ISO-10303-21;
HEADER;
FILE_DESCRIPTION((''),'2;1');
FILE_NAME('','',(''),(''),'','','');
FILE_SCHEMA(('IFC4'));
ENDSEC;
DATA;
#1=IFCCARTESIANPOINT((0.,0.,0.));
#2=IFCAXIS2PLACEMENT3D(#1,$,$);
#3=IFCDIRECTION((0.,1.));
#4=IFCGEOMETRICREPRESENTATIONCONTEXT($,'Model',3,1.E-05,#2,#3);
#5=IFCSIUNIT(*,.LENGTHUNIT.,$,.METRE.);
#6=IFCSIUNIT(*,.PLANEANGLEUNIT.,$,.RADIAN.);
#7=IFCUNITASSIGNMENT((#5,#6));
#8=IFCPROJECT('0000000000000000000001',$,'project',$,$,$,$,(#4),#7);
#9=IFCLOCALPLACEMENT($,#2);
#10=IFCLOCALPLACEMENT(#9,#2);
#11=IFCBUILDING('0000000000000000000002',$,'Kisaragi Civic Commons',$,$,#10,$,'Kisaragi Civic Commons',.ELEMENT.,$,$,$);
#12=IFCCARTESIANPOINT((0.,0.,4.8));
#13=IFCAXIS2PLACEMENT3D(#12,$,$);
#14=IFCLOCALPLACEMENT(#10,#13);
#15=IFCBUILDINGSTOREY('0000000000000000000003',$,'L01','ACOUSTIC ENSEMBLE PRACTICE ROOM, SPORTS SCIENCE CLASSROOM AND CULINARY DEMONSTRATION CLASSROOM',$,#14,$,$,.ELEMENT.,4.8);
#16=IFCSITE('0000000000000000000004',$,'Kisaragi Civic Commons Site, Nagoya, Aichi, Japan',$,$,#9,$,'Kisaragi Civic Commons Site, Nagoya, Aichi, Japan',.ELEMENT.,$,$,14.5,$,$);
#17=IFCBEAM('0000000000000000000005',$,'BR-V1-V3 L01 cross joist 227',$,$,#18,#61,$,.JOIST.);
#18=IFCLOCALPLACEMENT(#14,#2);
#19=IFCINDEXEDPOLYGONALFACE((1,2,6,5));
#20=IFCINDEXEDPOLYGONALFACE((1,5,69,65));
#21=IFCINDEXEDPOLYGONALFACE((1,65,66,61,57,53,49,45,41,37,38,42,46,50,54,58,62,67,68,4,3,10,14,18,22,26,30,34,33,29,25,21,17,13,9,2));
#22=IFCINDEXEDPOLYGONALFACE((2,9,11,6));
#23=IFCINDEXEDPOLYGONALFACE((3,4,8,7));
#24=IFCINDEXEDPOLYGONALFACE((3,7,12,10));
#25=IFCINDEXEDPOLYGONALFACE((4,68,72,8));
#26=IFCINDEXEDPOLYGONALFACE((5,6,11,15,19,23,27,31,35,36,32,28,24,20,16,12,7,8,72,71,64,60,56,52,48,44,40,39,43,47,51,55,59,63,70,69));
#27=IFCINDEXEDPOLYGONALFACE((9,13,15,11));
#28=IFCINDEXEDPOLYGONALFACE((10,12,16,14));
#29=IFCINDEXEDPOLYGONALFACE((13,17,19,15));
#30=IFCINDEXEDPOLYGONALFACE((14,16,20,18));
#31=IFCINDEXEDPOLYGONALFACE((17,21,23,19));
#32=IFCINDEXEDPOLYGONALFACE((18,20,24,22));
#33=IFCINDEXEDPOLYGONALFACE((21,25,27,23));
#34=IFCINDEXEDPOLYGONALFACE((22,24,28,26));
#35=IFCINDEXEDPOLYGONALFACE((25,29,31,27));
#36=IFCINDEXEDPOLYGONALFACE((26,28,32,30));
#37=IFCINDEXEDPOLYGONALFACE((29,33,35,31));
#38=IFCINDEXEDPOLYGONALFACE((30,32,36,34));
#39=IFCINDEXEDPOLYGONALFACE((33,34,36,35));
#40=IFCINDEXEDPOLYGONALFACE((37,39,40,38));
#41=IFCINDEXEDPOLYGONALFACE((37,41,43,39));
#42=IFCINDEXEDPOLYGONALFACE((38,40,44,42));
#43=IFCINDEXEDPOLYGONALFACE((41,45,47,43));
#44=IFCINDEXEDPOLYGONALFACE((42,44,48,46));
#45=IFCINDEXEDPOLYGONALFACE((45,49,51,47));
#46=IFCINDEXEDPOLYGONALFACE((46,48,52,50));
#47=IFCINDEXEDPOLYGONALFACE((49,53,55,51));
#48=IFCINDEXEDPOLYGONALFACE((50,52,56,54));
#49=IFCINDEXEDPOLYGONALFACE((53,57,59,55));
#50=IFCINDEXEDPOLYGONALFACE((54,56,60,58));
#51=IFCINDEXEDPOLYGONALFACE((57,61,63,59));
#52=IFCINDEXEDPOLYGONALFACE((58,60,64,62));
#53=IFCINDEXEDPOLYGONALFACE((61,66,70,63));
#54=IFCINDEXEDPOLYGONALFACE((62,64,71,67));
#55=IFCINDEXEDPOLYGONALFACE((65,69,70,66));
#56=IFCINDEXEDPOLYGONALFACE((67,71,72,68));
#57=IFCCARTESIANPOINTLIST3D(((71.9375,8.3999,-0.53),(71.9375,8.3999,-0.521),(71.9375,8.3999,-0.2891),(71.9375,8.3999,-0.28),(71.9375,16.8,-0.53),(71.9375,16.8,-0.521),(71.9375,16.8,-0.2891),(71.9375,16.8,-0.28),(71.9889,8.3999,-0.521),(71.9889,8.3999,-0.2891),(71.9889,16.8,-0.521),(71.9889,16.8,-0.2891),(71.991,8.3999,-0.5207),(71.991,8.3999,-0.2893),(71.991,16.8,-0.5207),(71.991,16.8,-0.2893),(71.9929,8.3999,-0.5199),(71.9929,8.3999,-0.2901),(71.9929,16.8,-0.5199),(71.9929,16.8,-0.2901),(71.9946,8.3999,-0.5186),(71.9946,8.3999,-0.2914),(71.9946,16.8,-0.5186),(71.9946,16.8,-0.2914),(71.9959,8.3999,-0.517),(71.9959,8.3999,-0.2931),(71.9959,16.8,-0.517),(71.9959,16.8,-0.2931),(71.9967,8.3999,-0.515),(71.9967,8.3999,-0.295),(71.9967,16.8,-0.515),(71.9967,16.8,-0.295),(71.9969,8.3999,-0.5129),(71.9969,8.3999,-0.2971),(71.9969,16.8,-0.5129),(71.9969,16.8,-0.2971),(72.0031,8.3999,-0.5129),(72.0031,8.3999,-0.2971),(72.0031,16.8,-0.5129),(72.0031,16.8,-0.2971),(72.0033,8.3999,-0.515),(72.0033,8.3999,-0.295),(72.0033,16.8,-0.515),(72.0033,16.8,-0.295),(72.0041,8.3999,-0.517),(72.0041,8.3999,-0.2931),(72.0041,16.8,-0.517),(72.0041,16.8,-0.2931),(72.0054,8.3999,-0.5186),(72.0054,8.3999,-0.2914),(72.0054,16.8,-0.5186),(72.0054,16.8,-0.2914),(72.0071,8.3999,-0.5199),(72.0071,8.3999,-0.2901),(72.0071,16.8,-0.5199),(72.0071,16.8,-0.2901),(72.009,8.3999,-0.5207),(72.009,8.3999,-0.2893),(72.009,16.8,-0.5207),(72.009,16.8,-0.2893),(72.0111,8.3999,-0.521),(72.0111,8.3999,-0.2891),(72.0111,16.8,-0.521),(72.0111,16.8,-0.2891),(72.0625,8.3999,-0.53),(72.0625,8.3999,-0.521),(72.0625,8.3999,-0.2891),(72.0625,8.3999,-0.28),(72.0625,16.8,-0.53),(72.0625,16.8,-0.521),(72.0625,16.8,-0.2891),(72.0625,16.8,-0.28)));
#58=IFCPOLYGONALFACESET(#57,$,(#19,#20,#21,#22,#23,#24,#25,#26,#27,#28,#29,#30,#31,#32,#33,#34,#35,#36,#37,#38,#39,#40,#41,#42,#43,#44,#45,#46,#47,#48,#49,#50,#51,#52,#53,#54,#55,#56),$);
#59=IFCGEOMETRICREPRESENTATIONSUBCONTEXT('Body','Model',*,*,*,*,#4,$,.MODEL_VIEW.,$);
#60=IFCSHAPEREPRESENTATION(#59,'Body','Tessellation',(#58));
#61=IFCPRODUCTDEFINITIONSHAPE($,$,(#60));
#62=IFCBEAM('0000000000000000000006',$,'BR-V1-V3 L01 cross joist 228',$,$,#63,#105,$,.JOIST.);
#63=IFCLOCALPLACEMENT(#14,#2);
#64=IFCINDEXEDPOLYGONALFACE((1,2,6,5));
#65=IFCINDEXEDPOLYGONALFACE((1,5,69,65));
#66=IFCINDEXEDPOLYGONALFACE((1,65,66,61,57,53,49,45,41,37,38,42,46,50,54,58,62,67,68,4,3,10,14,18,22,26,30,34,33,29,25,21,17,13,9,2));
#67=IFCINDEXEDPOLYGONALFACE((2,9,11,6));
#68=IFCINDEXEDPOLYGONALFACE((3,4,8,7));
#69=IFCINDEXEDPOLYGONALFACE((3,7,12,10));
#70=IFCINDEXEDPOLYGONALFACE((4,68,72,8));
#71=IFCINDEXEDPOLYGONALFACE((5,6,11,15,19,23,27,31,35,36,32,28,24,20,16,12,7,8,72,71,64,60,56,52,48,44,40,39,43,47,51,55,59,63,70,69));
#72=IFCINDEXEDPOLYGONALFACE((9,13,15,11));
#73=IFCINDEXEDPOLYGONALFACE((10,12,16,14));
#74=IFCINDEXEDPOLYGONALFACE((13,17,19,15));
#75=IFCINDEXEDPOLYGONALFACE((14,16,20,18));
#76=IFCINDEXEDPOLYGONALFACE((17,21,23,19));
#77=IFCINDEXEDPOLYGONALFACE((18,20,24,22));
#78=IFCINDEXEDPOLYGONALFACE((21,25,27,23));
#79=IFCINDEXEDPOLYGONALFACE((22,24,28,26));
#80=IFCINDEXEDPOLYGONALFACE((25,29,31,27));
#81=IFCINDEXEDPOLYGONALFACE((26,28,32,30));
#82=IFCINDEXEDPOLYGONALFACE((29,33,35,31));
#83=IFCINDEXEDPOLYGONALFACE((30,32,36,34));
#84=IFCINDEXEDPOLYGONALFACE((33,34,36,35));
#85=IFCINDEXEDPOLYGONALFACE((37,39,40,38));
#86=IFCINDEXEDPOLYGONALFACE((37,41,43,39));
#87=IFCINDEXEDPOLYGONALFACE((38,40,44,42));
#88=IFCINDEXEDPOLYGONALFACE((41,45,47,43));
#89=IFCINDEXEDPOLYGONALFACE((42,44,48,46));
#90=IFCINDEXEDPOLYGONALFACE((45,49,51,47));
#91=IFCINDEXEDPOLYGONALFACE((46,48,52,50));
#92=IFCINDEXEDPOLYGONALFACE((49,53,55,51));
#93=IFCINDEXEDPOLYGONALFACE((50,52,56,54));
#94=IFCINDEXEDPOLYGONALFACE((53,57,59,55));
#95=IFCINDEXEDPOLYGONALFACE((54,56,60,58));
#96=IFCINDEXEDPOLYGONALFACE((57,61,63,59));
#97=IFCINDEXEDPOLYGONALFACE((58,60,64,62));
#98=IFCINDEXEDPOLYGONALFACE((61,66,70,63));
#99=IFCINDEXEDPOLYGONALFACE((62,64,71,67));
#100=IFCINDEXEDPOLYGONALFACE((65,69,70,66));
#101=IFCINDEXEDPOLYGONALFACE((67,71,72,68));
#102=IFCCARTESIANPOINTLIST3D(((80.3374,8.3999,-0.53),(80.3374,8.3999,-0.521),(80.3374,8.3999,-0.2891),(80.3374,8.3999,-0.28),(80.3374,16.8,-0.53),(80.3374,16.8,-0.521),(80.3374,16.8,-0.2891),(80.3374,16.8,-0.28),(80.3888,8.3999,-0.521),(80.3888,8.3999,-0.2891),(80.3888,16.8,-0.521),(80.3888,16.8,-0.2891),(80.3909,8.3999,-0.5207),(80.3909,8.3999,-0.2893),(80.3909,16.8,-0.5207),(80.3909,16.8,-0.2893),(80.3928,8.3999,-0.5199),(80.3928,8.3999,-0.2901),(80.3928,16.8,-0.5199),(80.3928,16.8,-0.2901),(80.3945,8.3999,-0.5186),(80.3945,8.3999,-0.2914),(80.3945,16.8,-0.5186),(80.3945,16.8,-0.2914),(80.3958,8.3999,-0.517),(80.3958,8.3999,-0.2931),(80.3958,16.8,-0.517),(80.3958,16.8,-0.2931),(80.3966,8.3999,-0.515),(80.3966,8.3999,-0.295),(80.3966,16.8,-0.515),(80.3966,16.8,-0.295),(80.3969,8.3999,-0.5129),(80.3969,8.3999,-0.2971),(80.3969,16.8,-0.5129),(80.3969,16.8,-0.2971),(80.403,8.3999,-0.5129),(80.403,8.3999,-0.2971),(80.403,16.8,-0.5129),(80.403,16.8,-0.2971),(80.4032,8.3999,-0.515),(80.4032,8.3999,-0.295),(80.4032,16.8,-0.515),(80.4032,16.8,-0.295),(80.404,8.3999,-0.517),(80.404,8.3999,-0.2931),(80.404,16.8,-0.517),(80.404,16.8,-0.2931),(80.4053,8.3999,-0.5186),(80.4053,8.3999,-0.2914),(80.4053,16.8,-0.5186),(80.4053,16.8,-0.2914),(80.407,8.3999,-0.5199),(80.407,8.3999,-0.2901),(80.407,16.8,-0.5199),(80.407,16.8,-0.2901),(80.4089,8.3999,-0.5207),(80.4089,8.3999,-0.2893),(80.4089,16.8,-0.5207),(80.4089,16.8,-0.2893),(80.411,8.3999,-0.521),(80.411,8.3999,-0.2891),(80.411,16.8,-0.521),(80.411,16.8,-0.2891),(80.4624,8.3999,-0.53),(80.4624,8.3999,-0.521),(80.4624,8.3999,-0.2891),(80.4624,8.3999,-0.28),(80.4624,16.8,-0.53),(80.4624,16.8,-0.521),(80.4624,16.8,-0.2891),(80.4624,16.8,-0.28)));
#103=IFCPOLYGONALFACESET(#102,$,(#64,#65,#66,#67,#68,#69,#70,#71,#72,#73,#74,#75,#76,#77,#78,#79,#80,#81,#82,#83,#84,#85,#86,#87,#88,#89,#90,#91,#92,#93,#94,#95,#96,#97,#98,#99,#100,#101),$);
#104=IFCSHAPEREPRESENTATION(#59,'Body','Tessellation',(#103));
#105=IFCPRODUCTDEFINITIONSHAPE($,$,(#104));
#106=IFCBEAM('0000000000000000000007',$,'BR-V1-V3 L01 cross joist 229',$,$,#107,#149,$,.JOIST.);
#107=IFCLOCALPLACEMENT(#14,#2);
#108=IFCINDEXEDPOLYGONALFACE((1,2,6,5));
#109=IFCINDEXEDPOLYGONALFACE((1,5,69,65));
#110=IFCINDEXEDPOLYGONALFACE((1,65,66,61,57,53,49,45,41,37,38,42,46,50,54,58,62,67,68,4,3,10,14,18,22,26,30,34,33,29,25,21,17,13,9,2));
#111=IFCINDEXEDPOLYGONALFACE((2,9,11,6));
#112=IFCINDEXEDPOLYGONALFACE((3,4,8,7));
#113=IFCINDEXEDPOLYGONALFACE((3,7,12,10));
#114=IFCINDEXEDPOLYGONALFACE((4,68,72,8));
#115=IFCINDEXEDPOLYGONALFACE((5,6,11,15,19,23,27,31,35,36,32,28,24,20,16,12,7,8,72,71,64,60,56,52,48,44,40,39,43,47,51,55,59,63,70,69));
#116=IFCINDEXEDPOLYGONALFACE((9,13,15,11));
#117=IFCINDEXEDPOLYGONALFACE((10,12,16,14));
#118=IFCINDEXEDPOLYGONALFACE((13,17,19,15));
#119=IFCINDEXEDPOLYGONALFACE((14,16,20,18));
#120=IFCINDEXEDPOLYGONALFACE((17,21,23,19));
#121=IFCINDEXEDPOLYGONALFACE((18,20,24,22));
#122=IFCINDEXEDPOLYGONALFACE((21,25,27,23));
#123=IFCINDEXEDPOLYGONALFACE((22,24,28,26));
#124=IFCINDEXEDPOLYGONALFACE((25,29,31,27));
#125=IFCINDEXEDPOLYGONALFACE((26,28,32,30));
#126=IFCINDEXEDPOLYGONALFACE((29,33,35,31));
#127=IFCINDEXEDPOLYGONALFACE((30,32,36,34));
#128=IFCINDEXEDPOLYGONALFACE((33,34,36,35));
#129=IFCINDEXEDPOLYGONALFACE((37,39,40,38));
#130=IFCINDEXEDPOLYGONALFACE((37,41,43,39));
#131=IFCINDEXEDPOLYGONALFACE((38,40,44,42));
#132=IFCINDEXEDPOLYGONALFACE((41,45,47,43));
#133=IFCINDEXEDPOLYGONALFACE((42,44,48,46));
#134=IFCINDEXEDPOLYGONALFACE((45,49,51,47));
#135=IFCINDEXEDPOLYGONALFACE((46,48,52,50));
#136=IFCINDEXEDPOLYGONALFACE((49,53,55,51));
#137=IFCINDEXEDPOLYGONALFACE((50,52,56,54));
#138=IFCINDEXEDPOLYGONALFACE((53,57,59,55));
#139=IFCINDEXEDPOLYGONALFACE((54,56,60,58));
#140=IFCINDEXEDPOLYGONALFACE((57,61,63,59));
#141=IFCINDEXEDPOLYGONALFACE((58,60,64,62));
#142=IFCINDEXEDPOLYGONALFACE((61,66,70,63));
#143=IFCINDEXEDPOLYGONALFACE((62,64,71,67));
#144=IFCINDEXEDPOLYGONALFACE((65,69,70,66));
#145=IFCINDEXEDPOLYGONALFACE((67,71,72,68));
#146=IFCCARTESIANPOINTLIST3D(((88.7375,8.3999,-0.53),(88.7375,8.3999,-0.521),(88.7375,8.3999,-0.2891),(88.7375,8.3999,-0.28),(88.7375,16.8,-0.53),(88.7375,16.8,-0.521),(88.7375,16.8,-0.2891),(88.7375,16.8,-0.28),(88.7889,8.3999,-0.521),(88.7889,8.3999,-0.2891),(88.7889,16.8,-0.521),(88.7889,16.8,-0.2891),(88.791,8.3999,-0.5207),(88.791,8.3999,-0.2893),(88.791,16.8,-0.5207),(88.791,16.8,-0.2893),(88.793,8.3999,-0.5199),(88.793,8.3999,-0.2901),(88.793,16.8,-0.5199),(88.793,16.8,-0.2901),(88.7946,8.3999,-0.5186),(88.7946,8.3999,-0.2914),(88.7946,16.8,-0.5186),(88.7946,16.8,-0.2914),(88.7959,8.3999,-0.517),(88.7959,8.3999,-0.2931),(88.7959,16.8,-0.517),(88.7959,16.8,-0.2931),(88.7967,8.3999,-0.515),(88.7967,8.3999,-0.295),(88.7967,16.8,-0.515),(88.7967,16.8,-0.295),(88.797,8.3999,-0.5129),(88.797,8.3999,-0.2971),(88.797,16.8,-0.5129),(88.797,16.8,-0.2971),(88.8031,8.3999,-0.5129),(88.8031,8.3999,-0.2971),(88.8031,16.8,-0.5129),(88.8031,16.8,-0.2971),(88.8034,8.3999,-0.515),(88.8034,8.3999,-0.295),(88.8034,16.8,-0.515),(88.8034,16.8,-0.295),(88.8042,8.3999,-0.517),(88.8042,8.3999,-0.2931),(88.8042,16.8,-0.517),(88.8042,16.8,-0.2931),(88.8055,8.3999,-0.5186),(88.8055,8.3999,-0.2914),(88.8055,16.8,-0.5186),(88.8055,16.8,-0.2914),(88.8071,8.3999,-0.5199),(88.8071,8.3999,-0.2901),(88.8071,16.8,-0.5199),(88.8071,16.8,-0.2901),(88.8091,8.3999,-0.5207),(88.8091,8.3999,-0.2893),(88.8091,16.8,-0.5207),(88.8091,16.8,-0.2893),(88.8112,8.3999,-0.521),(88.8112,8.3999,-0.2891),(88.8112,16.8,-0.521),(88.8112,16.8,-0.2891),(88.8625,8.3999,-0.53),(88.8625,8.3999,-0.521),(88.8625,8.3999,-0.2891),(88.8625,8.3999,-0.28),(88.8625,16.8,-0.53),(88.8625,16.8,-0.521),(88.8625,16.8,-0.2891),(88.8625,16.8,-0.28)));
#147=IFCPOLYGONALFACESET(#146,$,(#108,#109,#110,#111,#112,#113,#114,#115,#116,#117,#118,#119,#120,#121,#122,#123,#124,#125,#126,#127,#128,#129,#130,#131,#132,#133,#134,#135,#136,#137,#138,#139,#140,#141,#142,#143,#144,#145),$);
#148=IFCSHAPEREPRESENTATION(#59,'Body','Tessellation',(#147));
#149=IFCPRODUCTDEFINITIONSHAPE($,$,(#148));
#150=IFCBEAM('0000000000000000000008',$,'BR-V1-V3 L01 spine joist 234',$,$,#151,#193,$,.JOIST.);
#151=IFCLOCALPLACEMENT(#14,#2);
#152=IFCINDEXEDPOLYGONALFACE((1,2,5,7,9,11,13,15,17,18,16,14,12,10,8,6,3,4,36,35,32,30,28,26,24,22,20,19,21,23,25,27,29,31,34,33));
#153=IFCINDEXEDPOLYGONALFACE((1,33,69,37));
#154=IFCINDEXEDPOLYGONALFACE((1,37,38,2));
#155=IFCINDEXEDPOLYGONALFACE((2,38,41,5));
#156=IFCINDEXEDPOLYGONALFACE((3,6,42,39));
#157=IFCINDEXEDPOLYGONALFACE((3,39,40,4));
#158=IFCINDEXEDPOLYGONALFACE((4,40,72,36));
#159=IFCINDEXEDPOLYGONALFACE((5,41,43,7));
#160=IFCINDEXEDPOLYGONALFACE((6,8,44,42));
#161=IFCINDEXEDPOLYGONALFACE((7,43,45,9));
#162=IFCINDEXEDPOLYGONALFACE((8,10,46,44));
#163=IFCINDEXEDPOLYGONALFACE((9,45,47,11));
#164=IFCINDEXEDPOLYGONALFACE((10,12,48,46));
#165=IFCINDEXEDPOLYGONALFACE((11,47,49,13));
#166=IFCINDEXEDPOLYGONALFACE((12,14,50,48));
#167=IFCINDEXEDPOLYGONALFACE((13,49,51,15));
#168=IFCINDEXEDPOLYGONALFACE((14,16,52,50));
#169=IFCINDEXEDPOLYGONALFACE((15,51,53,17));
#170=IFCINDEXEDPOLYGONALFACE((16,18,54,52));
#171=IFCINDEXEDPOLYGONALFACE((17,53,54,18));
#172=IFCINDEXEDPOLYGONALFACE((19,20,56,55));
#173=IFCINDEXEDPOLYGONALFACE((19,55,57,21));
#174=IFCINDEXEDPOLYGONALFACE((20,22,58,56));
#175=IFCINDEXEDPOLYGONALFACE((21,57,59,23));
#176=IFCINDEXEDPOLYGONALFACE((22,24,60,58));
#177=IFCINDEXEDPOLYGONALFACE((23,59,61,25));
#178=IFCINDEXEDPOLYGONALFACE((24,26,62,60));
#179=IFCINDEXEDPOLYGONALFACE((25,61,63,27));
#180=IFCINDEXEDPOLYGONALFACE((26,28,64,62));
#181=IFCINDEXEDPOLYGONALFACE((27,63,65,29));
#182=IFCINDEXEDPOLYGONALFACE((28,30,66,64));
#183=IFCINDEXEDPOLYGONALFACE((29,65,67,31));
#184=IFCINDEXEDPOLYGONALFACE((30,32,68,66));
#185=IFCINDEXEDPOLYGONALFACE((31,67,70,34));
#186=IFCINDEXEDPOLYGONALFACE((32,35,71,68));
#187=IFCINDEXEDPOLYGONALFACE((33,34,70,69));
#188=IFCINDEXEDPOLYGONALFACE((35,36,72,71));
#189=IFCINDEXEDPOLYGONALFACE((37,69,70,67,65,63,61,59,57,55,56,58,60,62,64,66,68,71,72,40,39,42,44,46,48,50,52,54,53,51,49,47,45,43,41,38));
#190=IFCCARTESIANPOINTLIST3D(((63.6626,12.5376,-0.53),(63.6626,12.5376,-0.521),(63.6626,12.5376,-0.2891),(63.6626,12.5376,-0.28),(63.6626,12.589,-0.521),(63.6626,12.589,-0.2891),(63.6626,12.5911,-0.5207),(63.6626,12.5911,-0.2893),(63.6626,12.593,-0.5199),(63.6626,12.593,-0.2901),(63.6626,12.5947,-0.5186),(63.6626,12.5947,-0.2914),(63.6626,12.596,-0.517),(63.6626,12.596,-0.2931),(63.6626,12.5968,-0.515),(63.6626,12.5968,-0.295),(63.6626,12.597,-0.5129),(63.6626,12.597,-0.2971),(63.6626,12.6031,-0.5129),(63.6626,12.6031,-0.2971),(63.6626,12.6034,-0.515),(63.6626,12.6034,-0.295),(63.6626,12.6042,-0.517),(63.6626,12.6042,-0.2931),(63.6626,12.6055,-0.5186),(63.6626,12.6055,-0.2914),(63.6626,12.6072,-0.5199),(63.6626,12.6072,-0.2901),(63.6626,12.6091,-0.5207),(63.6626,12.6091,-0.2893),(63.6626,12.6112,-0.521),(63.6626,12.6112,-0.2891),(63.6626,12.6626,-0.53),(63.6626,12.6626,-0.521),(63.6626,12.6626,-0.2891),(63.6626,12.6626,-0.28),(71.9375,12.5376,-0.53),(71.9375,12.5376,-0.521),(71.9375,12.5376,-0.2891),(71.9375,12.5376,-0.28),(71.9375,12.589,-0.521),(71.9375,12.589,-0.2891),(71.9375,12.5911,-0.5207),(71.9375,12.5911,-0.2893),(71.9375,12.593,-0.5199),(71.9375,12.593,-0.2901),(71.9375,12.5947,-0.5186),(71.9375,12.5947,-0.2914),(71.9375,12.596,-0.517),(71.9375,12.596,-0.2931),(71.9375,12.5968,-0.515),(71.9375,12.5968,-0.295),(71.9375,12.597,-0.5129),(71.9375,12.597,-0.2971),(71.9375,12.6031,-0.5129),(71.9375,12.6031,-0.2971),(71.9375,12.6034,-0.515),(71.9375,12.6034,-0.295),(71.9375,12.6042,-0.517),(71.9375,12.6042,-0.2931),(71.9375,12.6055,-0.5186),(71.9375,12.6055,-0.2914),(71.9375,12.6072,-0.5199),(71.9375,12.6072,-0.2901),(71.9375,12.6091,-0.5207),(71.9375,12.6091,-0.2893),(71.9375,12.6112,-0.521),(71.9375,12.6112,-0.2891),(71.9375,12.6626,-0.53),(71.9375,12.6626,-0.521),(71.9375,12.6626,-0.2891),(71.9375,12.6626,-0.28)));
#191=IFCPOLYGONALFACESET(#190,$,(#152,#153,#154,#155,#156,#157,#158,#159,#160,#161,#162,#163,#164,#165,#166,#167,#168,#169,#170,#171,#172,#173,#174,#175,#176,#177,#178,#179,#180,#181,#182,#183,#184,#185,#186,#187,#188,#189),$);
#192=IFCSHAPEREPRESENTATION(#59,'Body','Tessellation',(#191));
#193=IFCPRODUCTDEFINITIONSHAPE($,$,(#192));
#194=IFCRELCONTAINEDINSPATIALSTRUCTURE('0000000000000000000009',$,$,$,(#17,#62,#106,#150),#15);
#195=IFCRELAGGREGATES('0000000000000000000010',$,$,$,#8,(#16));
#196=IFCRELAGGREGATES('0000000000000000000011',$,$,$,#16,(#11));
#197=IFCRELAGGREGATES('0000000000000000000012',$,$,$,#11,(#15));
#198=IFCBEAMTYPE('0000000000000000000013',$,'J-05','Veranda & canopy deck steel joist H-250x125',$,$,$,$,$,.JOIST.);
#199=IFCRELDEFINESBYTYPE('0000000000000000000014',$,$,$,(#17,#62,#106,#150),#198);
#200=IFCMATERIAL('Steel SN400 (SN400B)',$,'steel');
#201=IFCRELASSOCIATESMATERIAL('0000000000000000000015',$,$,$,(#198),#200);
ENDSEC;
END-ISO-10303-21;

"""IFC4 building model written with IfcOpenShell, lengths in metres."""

from ifc_helpers import new_model, si_unit, direction, frame, origin, origin_2d, place, context, subcontext, project, spatial, i_section, extrude, material, material_profile, profile_set, type_object, element, save


model = new_model("IFC4")

# Units and contexts
model_context = context("Model", 3, precision=1e-05, world=origin(), true_north=direction((0.0, 1.0)))
body_context = subcontext(model_context, "Body", "Model", "MODEL_VIEW")
ifc_project = project(units=[si_unit("LENGTHUNIT", "METRE"), si_unit("PLANEANGLEUNIT", "RADIAN")], contexts=[model_context])

# Site, building, storey
site_placement = place(None, origin())
site = spatial("IfcSite", under=ifc_project, at=site_placement, Name="Kisaragi Civic Commons Site, Nagoya, Aichi, Japan", LongName="Kisaragi Civic Commons Site, Nagoya, Aichi, Japan", CompositionType="ELEMENT", RefElevation=14.5)
building_placement = place(site_placement, origin())
building = spatial("IfcBuilding", under=site, at=building_placement, Name="Kisaragi Civic Commons", LongName="Kisaragi Civic Commons", CompositionType="ELEMENT")
storey_placement = place(building_placement, frame((0.0, 0.0, 4.8)))
storey = spatial("IfcBuildingStorey", under=building, at=storey_placement, Name="L01", Description="ACOUSTIC ENSEMBLE PRACTICE ROOM, SPORTS SCIENCE CLASSROOM AND CULINARY DEMONSTRATION CLASSROOM", CompositionType="ELEMENT", Elevation=4.8)

# Beams
ifc_material_1 = material(Name="Steel SN400 (SN400B)", Category="steel")
ifc_material_profile_1 = material_profile(ifc_material_1, i_section(OverallWidth=0.125, OverallDepth=0.25, WebThickness=0.0061, FlangeThickness=0.009, FilletRadius=0.0081, at=origin_2d()), Name="H-250x125x6x9", Category="steel")
ifc_profile_set_1 = profile_set([ifc_material_profile_1], Name="Steel SN400 (SN400B)")
beam_type_1 = type_object("IfcBeamType", Name="J-05", Description="Veranda & canopy deck steel joist H-250x125", PredefinedType="JOIST", material=ifc_profile_set_1)
for number, where, z_axis, x_axis, name in (
    (1, (72.0, 8.3999, -0.405), (0.0, 1.0, 0.0), (-1.0, 0.0, 0.0), "BR-V1-V3 L01 cross joist 227"),
    (2, (80.3999, 8.3999, -0.405), (0.0, 1.0, 0.0), (-1.0, 0.0, 0.0), "BR-V1-V3 L01 cross joist 228"),
    (3, (88.8, 8.3999, -0.405), (0.0, 1.0, 0.0), (-1.0, 0.0, 0.0), "BR-V1-V3 L01 cross joist 229"),
):
    element("IfcBeam", number, at=place(storey_placement, frame(where, z_axis=z_axis, x_axis=x_axis)), inside=storey, type_object=beam_type_1, Name=name, PredefinedType="JOIST", context=body_context, shape_type="SweptSolid", body=[
        extrude(i_section(OverallWidth=0.125, OverallDepth=0.25, WebThickness=0.0061, FlangeThickness=0.009, FilletRadius=0.0081, at=origin_2d()), origin(), (0.0, 0.0, 1.0), 8.4001),
    ])
for number, where, z_axis, x_axis, name in (
    (4, (63.6626, 12.6001, -0.405), (1.0, 0.0, 0.0), (0.0, 1.0, 0.0), "BR-V1-V3 L01 spine joist 234"),
):
    element("IfcBeam", number, at=place(storey_placement, frame(where, z_axis=z_axis, x_axis=x_axis)), inside=storey, type_object=beam_type_1, Name=name, PredefinedType="JOIST", context=body_context, shape_type="SweptSolid", body=[
        extrude(i_section(OverallWidth=0.125, OverallDepth=0.25, WebThickness=0.0061, FlangeThickness=0.009, FilletRadius=0.0081, at=origin_2d()), origin(), (0.0, 0.0, 1.0), 8.2749),
    ])

save(model, "model.ifc")
